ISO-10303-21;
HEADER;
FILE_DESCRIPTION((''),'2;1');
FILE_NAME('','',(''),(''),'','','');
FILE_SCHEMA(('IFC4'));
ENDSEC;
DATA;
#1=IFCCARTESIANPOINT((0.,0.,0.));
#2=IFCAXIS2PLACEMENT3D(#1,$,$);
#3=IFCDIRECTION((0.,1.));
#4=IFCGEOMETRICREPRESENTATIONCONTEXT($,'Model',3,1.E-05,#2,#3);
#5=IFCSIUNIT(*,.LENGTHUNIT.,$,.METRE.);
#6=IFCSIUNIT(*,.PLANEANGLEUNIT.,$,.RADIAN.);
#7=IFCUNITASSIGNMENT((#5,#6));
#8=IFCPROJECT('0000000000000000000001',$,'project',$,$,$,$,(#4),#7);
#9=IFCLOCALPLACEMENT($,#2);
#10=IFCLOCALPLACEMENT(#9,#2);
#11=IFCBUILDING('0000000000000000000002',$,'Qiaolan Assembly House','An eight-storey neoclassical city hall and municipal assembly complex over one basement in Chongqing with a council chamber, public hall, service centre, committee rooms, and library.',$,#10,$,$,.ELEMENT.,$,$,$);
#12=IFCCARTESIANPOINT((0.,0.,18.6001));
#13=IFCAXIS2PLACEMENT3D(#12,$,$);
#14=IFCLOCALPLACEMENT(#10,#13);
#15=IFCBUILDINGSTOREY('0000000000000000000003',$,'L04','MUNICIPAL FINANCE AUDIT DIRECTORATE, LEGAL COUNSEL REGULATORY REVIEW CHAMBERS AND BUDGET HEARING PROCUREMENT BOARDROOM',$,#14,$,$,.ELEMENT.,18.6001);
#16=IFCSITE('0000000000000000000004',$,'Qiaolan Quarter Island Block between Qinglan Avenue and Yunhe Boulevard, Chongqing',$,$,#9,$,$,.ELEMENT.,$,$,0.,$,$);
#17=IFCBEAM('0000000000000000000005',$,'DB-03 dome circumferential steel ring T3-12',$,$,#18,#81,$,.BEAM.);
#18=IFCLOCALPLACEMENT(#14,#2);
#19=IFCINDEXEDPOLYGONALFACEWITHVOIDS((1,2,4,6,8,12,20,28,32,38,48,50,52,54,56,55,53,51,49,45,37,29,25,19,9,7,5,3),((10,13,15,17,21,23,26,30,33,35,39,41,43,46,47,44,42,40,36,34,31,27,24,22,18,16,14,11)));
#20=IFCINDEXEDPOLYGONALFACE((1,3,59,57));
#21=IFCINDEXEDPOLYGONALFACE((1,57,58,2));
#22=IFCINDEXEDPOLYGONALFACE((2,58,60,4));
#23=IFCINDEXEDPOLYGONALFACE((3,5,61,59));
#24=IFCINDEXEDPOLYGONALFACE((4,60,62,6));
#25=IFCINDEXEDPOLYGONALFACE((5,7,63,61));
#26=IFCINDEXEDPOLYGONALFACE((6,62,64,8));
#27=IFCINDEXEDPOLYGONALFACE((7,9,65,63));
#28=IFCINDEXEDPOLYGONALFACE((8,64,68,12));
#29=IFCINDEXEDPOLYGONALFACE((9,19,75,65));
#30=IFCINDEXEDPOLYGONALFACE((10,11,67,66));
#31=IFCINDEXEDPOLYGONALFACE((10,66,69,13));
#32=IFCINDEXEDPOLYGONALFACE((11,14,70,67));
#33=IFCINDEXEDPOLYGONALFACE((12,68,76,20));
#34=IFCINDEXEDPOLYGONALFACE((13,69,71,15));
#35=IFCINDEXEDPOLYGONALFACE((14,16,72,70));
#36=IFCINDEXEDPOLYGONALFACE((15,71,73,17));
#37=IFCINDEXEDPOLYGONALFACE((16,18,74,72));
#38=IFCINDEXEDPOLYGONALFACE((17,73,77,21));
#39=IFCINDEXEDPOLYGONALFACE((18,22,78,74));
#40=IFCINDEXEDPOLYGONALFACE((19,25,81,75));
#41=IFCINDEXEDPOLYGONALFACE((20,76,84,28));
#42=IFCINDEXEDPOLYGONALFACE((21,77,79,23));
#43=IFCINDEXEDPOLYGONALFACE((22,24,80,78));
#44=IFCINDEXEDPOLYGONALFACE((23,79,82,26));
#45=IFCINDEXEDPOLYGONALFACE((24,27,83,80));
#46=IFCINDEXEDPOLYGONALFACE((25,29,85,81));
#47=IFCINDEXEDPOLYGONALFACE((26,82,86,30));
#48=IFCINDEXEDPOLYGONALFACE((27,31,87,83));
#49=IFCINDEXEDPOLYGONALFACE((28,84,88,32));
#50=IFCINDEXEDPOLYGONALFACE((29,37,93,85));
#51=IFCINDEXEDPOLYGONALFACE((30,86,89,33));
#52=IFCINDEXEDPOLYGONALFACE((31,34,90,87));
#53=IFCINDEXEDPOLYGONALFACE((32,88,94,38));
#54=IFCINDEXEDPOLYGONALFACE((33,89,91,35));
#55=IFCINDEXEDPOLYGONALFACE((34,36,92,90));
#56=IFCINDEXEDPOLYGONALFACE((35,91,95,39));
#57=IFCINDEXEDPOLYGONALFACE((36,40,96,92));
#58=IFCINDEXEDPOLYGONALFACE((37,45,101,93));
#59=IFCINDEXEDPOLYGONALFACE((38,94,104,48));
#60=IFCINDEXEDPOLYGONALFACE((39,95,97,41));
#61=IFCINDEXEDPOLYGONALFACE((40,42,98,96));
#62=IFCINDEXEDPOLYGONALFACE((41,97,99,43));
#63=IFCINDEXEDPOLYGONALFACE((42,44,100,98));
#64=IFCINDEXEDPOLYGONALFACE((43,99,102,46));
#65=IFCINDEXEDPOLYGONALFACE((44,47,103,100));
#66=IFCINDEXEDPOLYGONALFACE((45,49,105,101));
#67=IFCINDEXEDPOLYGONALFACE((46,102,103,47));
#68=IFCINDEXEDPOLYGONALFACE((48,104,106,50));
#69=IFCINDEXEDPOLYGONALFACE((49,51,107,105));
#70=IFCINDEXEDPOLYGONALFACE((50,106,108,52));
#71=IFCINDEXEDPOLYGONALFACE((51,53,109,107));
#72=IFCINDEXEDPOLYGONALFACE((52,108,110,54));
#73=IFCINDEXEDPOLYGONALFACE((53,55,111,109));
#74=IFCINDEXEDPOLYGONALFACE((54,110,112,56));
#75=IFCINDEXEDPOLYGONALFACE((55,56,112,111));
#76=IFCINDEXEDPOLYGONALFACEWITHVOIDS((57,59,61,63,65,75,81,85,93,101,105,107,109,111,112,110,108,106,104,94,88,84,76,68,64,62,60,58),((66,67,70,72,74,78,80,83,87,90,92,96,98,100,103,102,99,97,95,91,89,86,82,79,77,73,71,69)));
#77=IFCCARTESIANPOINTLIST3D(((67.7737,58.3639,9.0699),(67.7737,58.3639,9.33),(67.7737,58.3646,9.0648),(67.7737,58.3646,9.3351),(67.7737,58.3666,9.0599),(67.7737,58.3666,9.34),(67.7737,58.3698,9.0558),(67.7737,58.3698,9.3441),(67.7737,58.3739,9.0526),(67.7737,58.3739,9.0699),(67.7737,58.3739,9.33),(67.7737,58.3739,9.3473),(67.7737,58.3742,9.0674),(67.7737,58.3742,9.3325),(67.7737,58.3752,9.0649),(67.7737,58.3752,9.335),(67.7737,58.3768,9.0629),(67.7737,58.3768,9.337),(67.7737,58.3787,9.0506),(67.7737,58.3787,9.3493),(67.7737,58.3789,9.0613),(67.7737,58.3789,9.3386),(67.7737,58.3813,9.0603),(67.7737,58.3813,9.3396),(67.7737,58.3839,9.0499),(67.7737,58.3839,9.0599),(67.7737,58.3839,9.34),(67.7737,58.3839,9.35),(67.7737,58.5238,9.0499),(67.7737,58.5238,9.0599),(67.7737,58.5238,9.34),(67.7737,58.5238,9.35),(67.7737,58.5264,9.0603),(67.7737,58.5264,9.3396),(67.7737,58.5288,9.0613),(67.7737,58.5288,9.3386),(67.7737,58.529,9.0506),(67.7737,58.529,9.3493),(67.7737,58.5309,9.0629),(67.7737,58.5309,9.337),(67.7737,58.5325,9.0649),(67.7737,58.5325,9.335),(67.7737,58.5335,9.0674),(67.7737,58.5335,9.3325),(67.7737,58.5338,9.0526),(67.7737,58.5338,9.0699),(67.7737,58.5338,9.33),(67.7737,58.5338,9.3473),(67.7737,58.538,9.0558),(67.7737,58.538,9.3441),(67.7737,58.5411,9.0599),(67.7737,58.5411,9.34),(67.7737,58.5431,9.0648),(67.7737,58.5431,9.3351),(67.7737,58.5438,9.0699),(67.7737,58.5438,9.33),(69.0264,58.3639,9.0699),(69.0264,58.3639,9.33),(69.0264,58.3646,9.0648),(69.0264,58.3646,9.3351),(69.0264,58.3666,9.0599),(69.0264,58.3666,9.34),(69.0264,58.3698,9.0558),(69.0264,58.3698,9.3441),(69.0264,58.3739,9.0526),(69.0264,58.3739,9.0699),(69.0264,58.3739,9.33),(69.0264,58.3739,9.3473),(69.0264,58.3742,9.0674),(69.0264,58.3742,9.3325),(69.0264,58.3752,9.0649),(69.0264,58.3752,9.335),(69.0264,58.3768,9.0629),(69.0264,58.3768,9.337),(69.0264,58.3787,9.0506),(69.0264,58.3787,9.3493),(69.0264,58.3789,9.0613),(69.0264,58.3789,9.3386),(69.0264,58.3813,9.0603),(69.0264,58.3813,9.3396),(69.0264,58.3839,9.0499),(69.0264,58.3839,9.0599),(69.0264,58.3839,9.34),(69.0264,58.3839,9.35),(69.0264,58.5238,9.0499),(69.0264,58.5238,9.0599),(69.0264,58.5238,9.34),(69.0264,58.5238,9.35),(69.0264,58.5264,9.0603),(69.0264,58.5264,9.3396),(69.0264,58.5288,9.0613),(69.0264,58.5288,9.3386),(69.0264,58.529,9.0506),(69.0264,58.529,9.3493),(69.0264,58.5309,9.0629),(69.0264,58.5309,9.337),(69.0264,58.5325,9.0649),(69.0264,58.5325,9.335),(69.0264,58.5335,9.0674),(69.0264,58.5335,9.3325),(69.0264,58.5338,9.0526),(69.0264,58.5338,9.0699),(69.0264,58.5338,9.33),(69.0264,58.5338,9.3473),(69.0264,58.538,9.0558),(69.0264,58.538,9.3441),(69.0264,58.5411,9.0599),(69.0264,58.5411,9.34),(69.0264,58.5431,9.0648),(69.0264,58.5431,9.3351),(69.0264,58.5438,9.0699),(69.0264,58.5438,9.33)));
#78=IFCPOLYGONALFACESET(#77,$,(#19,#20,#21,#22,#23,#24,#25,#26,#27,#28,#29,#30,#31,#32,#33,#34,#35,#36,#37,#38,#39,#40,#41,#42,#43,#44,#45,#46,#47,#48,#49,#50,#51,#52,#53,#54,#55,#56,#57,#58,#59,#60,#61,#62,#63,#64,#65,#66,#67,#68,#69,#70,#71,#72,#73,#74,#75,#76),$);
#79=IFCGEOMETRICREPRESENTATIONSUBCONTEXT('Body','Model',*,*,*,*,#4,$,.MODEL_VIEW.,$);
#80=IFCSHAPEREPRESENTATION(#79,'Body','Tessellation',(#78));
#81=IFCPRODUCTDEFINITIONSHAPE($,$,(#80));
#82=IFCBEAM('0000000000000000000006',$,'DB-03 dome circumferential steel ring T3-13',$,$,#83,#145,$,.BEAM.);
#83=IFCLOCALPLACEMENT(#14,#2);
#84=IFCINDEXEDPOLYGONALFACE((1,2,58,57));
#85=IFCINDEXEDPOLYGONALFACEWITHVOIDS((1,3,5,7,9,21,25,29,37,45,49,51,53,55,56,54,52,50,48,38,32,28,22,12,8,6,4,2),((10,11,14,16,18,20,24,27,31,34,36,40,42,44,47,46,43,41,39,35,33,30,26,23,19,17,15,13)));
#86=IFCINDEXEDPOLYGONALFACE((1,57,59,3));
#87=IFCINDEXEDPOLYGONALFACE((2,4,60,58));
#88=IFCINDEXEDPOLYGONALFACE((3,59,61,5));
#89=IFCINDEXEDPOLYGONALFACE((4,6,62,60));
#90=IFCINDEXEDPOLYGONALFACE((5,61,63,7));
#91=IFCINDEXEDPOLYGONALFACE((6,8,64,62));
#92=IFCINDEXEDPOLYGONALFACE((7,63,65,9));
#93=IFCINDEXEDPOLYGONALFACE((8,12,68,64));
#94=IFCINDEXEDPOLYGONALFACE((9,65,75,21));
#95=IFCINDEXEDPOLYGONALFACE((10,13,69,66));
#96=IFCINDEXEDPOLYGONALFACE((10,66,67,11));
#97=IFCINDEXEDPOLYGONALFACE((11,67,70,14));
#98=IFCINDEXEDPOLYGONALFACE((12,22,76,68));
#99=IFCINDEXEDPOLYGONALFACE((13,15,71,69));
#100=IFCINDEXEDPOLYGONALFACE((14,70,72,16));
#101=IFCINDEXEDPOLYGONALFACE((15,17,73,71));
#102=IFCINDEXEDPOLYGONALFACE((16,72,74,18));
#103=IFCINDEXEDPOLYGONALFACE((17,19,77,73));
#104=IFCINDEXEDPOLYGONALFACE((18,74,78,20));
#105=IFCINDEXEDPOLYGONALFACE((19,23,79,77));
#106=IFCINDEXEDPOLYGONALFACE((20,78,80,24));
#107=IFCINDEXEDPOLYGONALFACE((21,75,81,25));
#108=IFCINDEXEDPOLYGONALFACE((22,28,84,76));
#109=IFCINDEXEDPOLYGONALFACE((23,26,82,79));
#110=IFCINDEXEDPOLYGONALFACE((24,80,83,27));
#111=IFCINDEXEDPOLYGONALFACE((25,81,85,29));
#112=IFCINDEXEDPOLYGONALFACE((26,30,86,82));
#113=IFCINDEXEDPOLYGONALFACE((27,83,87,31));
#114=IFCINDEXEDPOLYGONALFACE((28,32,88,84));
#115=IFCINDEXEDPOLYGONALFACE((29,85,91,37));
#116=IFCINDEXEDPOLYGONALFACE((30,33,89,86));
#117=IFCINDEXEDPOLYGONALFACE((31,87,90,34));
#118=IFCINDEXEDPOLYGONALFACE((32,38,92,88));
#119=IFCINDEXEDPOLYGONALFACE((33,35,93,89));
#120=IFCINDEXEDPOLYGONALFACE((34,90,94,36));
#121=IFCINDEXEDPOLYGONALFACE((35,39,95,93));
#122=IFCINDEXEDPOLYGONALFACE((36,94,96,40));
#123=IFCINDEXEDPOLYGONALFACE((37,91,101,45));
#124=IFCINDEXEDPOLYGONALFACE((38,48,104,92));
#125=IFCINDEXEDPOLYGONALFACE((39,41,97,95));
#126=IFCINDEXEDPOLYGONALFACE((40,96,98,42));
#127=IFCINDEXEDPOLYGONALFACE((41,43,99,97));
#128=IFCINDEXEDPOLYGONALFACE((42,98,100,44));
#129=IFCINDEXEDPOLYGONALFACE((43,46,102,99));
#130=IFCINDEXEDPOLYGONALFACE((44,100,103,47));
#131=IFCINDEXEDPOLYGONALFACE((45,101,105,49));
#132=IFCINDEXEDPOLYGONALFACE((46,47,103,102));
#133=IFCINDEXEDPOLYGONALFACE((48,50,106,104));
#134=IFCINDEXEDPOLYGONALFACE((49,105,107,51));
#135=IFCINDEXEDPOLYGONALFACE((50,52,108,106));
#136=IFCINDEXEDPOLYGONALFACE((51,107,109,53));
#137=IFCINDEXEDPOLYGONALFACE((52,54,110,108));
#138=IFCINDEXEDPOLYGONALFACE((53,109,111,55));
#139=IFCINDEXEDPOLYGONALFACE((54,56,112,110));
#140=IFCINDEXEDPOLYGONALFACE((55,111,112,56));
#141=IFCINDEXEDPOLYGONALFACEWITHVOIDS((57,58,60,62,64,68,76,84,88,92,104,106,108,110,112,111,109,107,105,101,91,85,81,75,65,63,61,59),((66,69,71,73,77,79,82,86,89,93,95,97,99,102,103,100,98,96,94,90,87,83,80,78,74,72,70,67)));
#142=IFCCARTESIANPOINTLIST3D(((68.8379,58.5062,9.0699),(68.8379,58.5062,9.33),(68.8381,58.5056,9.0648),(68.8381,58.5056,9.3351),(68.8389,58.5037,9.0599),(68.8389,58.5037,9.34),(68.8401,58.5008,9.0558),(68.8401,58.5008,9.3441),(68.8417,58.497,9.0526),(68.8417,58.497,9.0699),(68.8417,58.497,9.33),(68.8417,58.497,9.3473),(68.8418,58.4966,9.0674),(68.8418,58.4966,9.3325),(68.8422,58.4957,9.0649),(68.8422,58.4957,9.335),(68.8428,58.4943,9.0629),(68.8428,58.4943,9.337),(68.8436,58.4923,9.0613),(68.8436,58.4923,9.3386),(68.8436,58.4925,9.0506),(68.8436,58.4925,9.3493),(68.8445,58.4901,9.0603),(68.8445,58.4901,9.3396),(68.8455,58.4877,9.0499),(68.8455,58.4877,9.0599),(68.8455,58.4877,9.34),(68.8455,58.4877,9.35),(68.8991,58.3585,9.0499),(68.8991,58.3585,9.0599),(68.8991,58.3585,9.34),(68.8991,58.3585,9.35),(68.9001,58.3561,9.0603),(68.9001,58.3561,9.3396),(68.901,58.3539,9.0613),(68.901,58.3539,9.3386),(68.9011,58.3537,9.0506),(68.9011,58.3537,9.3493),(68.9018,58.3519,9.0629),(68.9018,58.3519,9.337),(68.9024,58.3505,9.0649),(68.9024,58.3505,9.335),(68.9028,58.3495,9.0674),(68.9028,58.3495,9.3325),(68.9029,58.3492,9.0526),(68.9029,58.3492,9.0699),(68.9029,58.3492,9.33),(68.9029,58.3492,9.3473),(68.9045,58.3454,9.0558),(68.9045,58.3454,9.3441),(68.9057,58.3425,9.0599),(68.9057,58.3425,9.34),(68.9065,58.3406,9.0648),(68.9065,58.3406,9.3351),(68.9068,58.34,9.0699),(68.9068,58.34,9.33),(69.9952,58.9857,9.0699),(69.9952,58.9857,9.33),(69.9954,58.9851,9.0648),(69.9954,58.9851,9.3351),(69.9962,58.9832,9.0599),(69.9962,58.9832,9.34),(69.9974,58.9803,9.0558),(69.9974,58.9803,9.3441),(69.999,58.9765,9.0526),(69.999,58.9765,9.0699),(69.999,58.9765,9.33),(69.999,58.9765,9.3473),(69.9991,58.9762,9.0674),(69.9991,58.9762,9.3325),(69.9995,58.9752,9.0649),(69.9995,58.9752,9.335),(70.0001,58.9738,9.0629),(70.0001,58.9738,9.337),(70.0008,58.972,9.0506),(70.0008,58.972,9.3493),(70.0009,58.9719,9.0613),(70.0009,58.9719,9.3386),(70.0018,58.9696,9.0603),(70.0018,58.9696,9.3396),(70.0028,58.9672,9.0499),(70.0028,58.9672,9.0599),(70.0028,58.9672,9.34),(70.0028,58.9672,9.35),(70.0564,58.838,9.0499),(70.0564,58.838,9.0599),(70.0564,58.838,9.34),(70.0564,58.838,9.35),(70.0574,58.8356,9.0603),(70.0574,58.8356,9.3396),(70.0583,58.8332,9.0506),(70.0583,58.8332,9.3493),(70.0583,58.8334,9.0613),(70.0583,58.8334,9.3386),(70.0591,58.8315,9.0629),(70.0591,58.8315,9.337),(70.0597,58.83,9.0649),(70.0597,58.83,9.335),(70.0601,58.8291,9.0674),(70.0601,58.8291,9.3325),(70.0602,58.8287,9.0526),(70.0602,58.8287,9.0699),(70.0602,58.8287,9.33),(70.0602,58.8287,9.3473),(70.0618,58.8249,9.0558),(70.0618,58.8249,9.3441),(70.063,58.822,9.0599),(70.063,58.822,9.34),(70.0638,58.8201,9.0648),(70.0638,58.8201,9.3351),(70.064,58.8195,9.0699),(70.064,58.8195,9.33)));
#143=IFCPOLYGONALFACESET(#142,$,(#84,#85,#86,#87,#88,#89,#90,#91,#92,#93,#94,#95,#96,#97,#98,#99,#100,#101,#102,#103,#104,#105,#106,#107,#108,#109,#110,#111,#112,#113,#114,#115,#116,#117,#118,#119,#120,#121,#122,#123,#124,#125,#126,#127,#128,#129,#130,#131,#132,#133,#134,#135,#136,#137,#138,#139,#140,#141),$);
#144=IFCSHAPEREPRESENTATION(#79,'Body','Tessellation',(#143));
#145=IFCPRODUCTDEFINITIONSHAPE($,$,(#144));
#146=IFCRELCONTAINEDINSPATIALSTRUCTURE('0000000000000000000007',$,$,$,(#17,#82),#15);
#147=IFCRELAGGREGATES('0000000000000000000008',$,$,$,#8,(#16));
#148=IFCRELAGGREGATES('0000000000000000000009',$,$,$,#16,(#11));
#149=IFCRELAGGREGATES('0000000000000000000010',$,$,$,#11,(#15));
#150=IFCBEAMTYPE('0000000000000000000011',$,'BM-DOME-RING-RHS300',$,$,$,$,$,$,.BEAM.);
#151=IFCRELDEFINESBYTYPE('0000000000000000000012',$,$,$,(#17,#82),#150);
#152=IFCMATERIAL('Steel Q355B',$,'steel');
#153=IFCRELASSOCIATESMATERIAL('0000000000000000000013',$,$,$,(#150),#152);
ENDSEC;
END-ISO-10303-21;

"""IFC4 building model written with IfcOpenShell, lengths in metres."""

from ifc_helpers import new_model, si_unit, direction, frame, origin, origin_2d, place, context, subcontext, project, spatial, hollow_rectangle, extrude, material, material_profile, profile_set, type_object, element, save


model = new_model("IFC4")

# Units and contexts
model_context = context("Model", 3, precision=1e-05, world=origin(), true_north=direction((0.0, 1.0)))
body_context = subcontext(model_context, "Body", "Model", "MODEL_VIEW")
ifc_project = project(units=[si_unit("LENGTHUNIT", "METRE"), si_unit("PLANEANGLEUNIT", "RADIAN")], contexts=[model_context])

# Site, building, storey
site_placement = place(None, origin())
site = spatial("IfcSite", under=ifc_project, at=site_placement, Name="Qiaolan Quarter Island Block between Qinglan Avenue and Yunhe Boulevard, Chongqing", CompositionType="ELEMENT", RefElevation=0.0)
building_placement = place(site_placement, origin())
building = spatial("IfcBuilding", under=site, at=building_placement, Name="Qiaolan Assembly House", Description="An eight-storey neoclassical city hall and municipal assembly complex over one basement in Chongqing with a council chamber, public hall, service centre, committee rooms, and library.", CompositionType="ELEMENT")
storey_placement = place(building_placement, frame((0.0, 0.0, 18.6001)))
storey = spatial("IfcBuildingStorey", under=building, at=storey_placement, Name="L04", Description="MUNICIPAL FINANCE AUDIT DIRECTORATE, LEGAL COUNSEL REGULATORY REVIEW CHAMBERS AND BUDGET HEARING PROCUREMENT BOARDROOM", CompositionType="ELEMENT", Elevation=18.6001)

# Beams
ifc_material_1 = material(Name="Steel Q355B", Category="steel")
ifc_material_profile = material_profile(ifc_material_1, hollow_rectangle(XDim=0.1799, YDim=0.3, WallThickness=0.01, InnerFilletRadius=0.01, OuterFilletRadius=0.02, at=origin_2d()), Name="RHS 300x180x10")
ifc_profile_set = profile_set([ifc_material_profile], Name="Steel Q355B")
beam_type = type_object("IfcBeamType", Name="BM-DOME-RING-RHS300", PredefinedType="BEAM", material=ifc_profile_set)
for number, where, z_axis, x_axis, name in (
    (1, (67.7737, 58.4539, 9.2), (1.0, 0.0, 0.0), (0.0, 1.0, 0.0), "DB-03 dome circumferential steel ring T3-12"),
    (2, (68.8723, 58.4231, 9.2), (0.923836, 0.382788, 0.0), (-0.382788, 0.923836, 0.0), "DB-03 dome circumferential steel ring T3-13"),
):
    element("IfcBeam", number, at=place(storey_placement, frame(where, z_axis=z_axis, x_axis=x_axis)), inside=storey, type_object=beam_type, Name=name, PredefinedType="BEAM", context=body_context, shape_type="SweptSolid", body=[
        extrude(hollow_rectangle(XDim=0.1799, YDim=0.3, WallThickness=0.01, InnerFilletRadius=0.01, OuterFilletRadius=0.02, at=origin_2d()), origin(), (0.0, 0.0, 1.0), 1.2527),
    ])

save(model, "model.ifc")
